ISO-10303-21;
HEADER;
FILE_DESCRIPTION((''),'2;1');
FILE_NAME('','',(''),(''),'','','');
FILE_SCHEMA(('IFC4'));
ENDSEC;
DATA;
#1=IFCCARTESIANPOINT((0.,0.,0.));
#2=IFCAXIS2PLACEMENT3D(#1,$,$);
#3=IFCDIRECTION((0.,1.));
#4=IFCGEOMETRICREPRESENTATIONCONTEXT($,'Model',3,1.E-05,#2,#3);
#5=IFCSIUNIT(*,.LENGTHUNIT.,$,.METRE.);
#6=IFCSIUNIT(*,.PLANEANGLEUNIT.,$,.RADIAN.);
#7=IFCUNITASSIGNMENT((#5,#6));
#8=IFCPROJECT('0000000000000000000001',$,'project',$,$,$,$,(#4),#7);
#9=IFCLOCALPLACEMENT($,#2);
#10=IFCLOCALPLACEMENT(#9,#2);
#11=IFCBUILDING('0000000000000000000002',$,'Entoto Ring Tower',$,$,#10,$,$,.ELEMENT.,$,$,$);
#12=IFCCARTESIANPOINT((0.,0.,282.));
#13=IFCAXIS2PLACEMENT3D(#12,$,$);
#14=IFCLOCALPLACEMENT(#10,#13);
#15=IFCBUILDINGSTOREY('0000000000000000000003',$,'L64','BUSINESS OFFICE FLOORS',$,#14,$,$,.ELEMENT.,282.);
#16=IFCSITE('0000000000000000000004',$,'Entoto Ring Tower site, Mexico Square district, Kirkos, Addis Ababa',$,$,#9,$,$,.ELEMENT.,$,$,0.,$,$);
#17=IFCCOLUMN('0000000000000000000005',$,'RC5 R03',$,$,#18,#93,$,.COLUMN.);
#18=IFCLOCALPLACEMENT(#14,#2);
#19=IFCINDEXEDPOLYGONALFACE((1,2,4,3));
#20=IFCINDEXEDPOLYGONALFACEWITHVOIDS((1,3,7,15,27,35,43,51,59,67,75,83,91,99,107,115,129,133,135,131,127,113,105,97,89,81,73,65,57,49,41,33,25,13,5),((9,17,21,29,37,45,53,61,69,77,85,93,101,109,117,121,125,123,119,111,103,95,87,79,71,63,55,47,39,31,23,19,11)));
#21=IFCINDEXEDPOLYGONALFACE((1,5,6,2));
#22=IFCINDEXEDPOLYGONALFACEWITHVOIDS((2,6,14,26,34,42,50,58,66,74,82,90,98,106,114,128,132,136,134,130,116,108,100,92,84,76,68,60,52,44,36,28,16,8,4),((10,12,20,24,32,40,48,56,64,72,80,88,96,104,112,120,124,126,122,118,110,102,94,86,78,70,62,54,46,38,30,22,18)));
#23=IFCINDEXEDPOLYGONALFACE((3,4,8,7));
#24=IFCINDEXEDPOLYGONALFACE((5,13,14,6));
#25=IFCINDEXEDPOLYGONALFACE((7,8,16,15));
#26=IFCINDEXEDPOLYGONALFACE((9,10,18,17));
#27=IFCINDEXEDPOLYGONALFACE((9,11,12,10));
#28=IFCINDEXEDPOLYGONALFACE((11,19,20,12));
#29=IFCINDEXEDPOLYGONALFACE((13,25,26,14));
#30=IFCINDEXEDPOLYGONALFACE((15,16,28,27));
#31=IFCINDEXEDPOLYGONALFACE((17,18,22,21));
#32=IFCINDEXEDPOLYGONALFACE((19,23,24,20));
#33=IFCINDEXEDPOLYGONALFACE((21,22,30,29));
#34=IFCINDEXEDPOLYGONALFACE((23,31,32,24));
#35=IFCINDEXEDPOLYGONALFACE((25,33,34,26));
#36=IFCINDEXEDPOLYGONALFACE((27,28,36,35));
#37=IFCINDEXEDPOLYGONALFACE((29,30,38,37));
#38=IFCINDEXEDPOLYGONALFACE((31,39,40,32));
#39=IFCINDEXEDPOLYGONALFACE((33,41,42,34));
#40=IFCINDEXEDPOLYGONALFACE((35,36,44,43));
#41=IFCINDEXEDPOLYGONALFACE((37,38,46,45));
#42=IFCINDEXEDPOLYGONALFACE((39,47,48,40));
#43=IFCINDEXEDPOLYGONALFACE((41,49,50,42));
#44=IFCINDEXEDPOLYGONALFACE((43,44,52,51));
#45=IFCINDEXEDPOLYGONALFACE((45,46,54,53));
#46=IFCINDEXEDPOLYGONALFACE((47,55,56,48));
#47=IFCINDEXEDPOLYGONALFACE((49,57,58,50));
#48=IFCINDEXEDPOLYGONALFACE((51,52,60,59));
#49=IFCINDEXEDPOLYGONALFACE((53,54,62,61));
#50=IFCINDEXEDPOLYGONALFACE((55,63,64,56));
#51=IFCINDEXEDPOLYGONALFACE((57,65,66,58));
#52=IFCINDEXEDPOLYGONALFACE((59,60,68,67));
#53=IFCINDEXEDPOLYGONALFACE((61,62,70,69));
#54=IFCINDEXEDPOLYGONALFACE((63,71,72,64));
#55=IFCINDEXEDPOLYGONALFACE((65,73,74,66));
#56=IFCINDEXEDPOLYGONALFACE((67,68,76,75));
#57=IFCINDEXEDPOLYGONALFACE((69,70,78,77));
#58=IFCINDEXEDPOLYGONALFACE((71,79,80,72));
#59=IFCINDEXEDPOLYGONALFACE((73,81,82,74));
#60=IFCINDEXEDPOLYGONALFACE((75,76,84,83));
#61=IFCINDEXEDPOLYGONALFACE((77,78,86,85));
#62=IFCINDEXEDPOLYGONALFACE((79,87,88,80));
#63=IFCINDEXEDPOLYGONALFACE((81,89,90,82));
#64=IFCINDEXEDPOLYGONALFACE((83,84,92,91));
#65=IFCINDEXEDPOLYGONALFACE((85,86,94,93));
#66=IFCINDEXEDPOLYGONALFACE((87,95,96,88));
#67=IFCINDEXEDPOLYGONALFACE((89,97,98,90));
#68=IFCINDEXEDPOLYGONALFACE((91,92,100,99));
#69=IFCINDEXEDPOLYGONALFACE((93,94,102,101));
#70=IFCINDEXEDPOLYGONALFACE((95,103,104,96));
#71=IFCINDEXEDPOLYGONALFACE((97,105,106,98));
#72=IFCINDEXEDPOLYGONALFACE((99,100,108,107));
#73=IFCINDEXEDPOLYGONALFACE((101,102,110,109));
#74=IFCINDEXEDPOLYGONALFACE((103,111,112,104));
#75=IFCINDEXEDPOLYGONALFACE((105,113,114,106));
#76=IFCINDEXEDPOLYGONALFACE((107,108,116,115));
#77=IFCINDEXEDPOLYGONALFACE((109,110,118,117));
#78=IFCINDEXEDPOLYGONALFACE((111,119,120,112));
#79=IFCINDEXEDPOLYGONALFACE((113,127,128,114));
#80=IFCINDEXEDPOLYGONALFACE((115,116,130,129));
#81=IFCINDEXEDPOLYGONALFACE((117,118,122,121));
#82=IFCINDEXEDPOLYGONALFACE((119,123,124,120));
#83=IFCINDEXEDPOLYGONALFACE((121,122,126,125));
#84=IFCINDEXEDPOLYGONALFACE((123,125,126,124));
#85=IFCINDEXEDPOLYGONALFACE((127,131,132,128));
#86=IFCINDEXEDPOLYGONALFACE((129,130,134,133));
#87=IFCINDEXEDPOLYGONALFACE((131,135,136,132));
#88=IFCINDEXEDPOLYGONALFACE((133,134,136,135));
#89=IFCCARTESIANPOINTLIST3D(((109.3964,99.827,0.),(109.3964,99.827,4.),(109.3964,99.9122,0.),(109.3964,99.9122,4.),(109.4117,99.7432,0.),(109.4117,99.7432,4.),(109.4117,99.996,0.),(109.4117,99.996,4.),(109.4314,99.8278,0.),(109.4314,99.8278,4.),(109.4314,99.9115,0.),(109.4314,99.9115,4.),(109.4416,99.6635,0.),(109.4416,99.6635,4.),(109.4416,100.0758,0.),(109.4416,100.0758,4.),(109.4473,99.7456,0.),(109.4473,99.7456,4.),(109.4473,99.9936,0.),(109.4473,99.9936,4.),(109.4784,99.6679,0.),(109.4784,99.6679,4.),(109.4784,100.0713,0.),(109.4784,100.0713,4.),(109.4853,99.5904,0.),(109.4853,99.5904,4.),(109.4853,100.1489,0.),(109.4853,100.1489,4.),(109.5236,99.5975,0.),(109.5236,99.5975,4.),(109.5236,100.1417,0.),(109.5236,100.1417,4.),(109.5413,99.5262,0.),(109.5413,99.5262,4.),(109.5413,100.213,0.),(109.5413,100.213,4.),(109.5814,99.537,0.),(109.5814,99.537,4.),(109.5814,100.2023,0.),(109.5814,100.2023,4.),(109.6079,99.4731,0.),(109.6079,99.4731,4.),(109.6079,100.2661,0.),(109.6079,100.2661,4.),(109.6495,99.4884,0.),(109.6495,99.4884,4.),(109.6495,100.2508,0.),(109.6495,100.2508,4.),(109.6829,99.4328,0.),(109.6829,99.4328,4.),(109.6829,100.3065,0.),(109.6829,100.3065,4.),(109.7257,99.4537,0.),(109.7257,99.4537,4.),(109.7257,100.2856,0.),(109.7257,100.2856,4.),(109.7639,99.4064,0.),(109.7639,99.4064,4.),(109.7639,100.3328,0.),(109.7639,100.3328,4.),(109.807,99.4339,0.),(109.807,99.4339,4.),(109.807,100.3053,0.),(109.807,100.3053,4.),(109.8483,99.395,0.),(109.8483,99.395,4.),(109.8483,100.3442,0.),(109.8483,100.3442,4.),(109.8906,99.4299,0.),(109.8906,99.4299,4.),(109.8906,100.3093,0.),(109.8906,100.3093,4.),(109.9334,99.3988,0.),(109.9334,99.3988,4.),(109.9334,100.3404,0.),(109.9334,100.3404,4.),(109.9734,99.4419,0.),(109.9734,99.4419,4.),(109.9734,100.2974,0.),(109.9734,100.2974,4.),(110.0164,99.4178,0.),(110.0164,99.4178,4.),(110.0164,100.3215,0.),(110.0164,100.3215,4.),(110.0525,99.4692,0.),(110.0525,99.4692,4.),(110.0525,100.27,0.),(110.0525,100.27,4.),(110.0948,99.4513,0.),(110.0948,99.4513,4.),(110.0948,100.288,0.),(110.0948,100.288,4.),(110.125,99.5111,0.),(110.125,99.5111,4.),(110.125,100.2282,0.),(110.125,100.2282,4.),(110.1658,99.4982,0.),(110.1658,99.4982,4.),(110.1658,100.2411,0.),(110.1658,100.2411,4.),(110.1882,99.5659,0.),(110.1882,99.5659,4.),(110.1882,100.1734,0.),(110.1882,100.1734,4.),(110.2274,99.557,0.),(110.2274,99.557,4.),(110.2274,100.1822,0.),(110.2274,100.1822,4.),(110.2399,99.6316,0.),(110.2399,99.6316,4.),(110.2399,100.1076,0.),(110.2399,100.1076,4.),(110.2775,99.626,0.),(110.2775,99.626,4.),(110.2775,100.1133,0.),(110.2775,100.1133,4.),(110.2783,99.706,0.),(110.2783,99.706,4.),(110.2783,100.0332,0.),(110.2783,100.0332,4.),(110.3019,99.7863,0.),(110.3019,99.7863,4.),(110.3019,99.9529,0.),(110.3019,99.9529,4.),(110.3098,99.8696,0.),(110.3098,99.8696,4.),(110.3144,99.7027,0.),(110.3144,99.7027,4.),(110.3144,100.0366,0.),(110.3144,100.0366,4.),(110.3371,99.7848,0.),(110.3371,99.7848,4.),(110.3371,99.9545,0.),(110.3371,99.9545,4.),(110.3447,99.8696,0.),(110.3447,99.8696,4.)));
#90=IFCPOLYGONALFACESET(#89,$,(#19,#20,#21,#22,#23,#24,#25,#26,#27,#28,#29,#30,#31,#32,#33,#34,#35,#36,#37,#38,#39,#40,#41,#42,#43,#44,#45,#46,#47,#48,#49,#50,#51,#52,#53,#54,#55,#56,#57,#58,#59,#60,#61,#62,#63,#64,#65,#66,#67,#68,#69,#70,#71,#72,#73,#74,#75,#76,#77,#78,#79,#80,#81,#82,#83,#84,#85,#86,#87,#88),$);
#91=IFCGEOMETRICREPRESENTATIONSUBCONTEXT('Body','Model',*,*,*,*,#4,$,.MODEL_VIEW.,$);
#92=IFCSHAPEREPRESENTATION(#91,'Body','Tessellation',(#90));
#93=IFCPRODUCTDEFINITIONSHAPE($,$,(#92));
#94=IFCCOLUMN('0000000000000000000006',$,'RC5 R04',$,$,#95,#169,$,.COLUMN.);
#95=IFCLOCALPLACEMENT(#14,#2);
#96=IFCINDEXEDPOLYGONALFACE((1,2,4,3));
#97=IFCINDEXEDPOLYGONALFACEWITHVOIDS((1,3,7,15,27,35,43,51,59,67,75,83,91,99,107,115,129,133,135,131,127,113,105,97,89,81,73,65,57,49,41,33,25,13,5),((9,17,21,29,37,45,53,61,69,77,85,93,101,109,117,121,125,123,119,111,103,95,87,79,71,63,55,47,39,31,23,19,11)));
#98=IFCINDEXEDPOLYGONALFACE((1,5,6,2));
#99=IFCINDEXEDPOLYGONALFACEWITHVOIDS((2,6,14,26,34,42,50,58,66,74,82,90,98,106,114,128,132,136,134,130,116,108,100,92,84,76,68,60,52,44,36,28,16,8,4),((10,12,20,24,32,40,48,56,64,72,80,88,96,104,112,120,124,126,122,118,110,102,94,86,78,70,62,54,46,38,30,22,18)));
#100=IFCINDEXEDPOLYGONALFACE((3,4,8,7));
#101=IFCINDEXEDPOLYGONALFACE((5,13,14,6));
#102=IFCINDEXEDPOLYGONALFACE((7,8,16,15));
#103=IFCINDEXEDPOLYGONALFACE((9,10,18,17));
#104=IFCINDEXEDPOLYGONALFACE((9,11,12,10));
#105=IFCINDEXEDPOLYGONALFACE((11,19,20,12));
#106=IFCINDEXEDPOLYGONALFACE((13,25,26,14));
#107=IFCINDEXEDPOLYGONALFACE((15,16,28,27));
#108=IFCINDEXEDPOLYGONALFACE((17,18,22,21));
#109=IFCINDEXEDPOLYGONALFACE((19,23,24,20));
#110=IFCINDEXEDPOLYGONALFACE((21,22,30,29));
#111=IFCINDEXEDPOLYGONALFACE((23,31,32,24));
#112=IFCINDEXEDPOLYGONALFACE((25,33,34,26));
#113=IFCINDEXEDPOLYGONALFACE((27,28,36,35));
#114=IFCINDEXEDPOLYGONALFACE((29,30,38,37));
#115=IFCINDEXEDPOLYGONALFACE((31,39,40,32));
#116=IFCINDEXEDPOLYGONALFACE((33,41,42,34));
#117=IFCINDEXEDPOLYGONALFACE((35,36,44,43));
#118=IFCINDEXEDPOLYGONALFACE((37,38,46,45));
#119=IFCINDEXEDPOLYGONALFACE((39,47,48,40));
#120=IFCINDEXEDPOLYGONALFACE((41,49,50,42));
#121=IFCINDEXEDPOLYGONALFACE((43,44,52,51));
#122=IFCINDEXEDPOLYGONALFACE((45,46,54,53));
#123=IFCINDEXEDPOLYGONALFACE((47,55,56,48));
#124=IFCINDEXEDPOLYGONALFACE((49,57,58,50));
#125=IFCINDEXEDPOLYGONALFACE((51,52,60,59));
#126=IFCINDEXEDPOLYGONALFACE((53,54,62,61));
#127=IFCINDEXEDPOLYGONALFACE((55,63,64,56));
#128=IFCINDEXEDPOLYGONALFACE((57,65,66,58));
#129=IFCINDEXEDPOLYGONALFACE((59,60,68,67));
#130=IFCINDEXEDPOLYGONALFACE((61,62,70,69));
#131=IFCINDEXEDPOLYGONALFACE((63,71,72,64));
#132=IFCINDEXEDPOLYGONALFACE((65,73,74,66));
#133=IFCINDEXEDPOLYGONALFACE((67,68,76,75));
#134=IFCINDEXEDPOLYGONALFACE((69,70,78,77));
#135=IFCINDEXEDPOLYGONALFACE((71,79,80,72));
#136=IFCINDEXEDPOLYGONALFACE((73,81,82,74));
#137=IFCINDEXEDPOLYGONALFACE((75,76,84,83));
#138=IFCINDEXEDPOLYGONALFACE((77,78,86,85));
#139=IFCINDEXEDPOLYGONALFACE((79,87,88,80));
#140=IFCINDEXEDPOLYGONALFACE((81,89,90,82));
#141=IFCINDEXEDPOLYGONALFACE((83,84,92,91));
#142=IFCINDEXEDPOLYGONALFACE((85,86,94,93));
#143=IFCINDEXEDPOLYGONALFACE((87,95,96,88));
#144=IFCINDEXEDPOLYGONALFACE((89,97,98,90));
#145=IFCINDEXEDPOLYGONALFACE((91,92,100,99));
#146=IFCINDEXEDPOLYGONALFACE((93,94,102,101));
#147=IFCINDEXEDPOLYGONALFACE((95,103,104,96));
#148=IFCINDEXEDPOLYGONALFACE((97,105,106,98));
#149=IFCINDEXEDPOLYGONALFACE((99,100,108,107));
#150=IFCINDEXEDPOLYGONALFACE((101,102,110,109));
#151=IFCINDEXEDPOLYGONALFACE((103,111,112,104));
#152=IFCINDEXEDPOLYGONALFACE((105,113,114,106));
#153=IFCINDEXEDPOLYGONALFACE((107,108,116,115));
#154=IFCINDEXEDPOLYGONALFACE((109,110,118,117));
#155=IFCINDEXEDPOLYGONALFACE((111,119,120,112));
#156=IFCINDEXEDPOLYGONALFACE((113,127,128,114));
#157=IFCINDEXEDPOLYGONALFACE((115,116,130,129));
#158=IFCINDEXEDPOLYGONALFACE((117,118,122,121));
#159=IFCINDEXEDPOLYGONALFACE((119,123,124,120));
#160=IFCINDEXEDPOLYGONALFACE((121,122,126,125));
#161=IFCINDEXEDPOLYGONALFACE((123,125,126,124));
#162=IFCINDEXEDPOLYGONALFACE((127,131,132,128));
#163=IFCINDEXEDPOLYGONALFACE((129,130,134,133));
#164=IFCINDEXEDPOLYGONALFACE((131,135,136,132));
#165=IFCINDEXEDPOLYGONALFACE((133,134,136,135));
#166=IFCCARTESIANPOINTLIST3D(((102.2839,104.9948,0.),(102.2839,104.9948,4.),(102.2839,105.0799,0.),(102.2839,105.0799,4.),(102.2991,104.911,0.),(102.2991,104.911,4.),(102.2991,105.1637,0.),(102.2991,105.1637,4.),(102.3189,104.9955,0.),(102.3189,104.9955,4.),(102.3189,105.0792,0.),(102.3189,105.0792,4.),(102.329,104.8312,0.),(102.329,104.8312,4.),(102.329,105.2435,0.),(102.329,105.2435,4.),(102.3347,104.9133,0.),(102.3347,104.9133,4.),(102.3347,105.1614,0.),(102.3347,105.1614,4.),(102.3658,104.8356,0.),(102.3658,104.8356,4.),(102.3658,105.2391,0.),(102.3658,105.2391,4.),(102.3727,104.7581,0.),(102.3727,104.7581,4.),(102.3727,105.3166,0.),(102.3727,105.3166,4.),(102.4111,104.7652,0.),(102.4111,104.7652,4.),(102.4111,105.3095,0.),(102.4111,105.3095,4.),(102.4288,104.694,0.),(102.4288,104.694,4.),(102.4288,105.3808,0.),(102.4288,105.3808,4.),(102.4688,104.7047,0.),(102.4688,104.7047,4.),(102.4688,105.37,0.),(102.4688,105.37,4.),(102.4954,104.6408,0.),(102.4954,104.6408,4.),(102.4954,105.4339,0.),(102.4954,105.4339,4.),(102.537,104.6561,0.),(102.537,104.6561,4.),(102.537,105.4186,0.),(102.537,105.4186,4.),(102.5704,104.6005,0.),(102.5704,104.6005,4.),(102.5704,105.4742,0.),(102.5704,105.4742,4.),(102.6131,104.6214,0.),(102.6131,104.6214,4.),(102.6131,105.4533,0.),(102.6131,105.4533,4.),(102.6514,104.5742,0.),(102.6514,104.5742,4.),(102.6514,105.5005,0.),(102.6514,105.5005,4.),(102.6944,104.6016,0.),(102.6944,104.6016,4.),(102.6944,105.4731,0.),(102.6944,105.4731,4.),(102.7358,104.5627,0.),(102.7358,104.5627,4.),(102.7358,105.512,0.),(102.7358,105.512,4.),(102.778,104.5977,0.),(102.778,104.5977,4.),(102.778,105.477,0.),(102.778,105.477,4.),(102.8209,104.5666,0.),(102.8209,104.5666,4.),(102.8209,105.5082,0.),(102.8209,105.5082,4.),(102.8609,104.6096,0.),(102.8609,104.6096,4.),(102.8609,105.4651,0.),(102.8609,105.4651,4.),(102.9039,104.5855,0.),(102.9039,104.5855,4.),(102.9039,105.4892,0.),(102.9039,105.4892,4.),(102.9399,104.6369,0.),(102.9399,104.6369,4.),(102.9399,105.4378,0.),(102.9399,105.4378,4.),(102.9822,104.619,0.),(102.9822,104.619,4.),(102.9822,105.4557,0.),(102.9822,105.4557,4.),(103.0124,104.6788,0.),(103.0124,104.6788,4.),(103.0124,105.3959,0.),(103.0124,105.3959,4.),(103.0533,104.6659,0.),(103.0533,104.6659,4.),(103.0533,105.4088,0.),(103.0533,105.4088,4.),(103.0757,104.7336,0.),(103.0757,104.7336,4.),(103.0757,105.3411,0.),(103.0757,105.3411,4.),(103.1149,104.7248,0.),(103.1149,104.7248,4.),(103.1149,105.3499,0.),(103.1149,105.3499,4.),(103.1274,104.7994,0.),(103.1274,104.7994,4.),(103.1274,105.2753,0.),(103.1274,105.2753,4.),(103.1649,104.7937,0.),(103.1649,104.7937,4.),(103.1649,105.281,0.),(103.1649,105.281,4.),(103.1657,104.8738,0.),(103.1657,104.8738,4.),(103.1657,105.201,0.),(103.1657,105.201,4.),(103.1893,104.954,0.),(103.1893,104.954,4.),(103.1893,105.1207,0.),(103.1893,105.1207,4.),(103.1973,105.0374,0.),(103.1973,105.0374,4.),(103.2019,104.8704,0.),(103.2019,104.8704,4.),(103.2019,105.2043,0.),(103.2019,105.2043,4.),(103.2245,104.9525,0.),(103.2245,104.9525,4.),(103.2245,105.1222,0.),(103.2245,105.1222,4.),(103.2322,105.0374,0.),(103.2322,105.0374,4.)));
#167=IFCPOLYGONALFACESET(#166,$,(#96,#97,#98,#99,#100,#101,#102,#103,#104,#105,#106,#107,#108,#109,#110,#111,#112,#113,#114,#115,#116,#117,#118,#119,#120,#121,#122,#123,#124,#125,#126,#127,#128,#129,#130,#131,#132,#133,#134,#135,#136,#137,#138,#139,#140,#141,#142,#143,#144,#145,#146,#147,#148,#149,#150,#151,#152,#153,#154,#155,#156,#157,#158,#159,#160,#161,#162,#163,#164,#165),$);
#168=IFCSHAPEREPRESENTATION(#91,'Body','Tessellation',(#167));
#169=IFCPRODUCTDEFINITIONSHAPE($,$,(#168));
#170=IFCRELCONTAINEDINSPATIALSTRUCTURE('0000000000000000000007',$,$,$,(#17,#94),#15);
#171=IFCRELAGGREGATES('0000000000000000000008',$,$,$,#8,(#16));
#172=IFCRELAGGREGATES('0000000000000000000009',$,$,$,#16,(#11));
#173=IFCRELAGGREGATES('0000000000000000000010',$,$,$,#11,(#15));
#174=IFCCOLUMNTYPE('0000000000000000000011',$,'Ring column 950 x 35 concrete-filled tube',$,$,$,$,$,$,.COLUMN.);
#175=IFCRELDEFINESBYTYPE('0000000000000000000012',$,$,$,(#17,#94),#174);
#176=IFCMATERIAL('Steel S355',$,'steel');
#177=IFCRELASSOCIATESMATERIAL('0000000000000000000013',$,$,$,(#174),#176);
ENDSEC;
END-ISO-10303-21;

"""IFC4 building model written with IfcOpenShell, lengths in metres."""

from ifc_helpers import new_model, si_unit, direction, frame, origin, origin_2d, place, context, subcontext, project, spatial, circle, hollow_circle, extrude, material, material_profile, profile_set, type_object, element, save


model = new_model("IFC4")

# Units and contexts
model_context = context("Model", 3, precision=1e-05, world=origin(), true_north=direction((0.0, 1.0)))
body_context = subcontext(model_context, "Body", "Model", "MODEL_VIEW")
ifc_project = project(units=[si_unit("LENGTHUNIT", "METRE"), si_unit("PLANEANGLEUNIT", "RADIAN")], contexts=[model_context])

# Site, building, storey
site_placement = place(None, origin())
site = spatial("IfcSite", under=ifc_project, at=site_placement, Name="Entoto Ring Tower site, Mexico Square district, Kirkos, Addis Ababa", CompositionType="ELEMENT", RefElevation=0.0)
building_placement = place(site_placement, origin())
building = spatial("IfcBuilding", under=site, at=building_placement, Name="Entoto Ring Tower", CompositionType="ELEMENT")
storey_placement = place(building_placement, frame((0.0, 0.0, 282.0)))
storey = spatial("IfcBuildingStorey", under=building, at=storey_placement, Name="L64", Description="BUSINESS OFFICE FLOORS", CompositionType="ELEMENT", Elevation=282.0)

# Columns
ifc_material_1 = material(Name="Steel S355", Category="steel")
ifc_material_profile_1 = material_profile(ifc_material_1, hollow_circle(Radius=0.4751, WallThickness=0.0349, at=origin_2d()), Name="CHS 950 x 35")
ifc_material_2 = material(Name="Concrete C60/75", Category="concrete")
ifc_material_profile_2 = material_profile(ifc_material_2, circle(Radius=0.4399, at=origin_2d()), Name="Concrete C60/75 infill")
ifc_profile_set_1 = profile_set([ifc_material_profile_1, ifc_material_profile_2], Name="Steel S355")
column_type = type_object("IfcColumnType", Name="Ring column 950 x 35 concrete-filled tube", PredefinedType="COLUMN", material=ifc_profile_set_1)
for number, where, z_axis, x_axis, name in (
    (1, (109.8696, 99.8696, 0.0), (0.0, 0.0, 1.0), (1.0, 0.0, 0.0), "RC5 R03"),
    (2, (102.7571, 105.0374, 0.0), (0.0, 0.0, 1.0), (1.0, 0.0, 0.0), "RC5 R04"),
):
    element("IfcColumn", number, at=place(storey_placement, frame(where, z_axis=z_axis, x_axis=x_axis)), inside=storey, type_object=column_type, Name=name, PredefinedType="COLUMN", context=body_context, shape_type="SweptSolid", body=[
        extrude(hollow_circle(Radius=0.4751, WallThickness=0.0349, at=origin_2d()), origin(), (0.0, 0.0, 1.0), 4.0),
    ])

save(model, "model.ifc")
